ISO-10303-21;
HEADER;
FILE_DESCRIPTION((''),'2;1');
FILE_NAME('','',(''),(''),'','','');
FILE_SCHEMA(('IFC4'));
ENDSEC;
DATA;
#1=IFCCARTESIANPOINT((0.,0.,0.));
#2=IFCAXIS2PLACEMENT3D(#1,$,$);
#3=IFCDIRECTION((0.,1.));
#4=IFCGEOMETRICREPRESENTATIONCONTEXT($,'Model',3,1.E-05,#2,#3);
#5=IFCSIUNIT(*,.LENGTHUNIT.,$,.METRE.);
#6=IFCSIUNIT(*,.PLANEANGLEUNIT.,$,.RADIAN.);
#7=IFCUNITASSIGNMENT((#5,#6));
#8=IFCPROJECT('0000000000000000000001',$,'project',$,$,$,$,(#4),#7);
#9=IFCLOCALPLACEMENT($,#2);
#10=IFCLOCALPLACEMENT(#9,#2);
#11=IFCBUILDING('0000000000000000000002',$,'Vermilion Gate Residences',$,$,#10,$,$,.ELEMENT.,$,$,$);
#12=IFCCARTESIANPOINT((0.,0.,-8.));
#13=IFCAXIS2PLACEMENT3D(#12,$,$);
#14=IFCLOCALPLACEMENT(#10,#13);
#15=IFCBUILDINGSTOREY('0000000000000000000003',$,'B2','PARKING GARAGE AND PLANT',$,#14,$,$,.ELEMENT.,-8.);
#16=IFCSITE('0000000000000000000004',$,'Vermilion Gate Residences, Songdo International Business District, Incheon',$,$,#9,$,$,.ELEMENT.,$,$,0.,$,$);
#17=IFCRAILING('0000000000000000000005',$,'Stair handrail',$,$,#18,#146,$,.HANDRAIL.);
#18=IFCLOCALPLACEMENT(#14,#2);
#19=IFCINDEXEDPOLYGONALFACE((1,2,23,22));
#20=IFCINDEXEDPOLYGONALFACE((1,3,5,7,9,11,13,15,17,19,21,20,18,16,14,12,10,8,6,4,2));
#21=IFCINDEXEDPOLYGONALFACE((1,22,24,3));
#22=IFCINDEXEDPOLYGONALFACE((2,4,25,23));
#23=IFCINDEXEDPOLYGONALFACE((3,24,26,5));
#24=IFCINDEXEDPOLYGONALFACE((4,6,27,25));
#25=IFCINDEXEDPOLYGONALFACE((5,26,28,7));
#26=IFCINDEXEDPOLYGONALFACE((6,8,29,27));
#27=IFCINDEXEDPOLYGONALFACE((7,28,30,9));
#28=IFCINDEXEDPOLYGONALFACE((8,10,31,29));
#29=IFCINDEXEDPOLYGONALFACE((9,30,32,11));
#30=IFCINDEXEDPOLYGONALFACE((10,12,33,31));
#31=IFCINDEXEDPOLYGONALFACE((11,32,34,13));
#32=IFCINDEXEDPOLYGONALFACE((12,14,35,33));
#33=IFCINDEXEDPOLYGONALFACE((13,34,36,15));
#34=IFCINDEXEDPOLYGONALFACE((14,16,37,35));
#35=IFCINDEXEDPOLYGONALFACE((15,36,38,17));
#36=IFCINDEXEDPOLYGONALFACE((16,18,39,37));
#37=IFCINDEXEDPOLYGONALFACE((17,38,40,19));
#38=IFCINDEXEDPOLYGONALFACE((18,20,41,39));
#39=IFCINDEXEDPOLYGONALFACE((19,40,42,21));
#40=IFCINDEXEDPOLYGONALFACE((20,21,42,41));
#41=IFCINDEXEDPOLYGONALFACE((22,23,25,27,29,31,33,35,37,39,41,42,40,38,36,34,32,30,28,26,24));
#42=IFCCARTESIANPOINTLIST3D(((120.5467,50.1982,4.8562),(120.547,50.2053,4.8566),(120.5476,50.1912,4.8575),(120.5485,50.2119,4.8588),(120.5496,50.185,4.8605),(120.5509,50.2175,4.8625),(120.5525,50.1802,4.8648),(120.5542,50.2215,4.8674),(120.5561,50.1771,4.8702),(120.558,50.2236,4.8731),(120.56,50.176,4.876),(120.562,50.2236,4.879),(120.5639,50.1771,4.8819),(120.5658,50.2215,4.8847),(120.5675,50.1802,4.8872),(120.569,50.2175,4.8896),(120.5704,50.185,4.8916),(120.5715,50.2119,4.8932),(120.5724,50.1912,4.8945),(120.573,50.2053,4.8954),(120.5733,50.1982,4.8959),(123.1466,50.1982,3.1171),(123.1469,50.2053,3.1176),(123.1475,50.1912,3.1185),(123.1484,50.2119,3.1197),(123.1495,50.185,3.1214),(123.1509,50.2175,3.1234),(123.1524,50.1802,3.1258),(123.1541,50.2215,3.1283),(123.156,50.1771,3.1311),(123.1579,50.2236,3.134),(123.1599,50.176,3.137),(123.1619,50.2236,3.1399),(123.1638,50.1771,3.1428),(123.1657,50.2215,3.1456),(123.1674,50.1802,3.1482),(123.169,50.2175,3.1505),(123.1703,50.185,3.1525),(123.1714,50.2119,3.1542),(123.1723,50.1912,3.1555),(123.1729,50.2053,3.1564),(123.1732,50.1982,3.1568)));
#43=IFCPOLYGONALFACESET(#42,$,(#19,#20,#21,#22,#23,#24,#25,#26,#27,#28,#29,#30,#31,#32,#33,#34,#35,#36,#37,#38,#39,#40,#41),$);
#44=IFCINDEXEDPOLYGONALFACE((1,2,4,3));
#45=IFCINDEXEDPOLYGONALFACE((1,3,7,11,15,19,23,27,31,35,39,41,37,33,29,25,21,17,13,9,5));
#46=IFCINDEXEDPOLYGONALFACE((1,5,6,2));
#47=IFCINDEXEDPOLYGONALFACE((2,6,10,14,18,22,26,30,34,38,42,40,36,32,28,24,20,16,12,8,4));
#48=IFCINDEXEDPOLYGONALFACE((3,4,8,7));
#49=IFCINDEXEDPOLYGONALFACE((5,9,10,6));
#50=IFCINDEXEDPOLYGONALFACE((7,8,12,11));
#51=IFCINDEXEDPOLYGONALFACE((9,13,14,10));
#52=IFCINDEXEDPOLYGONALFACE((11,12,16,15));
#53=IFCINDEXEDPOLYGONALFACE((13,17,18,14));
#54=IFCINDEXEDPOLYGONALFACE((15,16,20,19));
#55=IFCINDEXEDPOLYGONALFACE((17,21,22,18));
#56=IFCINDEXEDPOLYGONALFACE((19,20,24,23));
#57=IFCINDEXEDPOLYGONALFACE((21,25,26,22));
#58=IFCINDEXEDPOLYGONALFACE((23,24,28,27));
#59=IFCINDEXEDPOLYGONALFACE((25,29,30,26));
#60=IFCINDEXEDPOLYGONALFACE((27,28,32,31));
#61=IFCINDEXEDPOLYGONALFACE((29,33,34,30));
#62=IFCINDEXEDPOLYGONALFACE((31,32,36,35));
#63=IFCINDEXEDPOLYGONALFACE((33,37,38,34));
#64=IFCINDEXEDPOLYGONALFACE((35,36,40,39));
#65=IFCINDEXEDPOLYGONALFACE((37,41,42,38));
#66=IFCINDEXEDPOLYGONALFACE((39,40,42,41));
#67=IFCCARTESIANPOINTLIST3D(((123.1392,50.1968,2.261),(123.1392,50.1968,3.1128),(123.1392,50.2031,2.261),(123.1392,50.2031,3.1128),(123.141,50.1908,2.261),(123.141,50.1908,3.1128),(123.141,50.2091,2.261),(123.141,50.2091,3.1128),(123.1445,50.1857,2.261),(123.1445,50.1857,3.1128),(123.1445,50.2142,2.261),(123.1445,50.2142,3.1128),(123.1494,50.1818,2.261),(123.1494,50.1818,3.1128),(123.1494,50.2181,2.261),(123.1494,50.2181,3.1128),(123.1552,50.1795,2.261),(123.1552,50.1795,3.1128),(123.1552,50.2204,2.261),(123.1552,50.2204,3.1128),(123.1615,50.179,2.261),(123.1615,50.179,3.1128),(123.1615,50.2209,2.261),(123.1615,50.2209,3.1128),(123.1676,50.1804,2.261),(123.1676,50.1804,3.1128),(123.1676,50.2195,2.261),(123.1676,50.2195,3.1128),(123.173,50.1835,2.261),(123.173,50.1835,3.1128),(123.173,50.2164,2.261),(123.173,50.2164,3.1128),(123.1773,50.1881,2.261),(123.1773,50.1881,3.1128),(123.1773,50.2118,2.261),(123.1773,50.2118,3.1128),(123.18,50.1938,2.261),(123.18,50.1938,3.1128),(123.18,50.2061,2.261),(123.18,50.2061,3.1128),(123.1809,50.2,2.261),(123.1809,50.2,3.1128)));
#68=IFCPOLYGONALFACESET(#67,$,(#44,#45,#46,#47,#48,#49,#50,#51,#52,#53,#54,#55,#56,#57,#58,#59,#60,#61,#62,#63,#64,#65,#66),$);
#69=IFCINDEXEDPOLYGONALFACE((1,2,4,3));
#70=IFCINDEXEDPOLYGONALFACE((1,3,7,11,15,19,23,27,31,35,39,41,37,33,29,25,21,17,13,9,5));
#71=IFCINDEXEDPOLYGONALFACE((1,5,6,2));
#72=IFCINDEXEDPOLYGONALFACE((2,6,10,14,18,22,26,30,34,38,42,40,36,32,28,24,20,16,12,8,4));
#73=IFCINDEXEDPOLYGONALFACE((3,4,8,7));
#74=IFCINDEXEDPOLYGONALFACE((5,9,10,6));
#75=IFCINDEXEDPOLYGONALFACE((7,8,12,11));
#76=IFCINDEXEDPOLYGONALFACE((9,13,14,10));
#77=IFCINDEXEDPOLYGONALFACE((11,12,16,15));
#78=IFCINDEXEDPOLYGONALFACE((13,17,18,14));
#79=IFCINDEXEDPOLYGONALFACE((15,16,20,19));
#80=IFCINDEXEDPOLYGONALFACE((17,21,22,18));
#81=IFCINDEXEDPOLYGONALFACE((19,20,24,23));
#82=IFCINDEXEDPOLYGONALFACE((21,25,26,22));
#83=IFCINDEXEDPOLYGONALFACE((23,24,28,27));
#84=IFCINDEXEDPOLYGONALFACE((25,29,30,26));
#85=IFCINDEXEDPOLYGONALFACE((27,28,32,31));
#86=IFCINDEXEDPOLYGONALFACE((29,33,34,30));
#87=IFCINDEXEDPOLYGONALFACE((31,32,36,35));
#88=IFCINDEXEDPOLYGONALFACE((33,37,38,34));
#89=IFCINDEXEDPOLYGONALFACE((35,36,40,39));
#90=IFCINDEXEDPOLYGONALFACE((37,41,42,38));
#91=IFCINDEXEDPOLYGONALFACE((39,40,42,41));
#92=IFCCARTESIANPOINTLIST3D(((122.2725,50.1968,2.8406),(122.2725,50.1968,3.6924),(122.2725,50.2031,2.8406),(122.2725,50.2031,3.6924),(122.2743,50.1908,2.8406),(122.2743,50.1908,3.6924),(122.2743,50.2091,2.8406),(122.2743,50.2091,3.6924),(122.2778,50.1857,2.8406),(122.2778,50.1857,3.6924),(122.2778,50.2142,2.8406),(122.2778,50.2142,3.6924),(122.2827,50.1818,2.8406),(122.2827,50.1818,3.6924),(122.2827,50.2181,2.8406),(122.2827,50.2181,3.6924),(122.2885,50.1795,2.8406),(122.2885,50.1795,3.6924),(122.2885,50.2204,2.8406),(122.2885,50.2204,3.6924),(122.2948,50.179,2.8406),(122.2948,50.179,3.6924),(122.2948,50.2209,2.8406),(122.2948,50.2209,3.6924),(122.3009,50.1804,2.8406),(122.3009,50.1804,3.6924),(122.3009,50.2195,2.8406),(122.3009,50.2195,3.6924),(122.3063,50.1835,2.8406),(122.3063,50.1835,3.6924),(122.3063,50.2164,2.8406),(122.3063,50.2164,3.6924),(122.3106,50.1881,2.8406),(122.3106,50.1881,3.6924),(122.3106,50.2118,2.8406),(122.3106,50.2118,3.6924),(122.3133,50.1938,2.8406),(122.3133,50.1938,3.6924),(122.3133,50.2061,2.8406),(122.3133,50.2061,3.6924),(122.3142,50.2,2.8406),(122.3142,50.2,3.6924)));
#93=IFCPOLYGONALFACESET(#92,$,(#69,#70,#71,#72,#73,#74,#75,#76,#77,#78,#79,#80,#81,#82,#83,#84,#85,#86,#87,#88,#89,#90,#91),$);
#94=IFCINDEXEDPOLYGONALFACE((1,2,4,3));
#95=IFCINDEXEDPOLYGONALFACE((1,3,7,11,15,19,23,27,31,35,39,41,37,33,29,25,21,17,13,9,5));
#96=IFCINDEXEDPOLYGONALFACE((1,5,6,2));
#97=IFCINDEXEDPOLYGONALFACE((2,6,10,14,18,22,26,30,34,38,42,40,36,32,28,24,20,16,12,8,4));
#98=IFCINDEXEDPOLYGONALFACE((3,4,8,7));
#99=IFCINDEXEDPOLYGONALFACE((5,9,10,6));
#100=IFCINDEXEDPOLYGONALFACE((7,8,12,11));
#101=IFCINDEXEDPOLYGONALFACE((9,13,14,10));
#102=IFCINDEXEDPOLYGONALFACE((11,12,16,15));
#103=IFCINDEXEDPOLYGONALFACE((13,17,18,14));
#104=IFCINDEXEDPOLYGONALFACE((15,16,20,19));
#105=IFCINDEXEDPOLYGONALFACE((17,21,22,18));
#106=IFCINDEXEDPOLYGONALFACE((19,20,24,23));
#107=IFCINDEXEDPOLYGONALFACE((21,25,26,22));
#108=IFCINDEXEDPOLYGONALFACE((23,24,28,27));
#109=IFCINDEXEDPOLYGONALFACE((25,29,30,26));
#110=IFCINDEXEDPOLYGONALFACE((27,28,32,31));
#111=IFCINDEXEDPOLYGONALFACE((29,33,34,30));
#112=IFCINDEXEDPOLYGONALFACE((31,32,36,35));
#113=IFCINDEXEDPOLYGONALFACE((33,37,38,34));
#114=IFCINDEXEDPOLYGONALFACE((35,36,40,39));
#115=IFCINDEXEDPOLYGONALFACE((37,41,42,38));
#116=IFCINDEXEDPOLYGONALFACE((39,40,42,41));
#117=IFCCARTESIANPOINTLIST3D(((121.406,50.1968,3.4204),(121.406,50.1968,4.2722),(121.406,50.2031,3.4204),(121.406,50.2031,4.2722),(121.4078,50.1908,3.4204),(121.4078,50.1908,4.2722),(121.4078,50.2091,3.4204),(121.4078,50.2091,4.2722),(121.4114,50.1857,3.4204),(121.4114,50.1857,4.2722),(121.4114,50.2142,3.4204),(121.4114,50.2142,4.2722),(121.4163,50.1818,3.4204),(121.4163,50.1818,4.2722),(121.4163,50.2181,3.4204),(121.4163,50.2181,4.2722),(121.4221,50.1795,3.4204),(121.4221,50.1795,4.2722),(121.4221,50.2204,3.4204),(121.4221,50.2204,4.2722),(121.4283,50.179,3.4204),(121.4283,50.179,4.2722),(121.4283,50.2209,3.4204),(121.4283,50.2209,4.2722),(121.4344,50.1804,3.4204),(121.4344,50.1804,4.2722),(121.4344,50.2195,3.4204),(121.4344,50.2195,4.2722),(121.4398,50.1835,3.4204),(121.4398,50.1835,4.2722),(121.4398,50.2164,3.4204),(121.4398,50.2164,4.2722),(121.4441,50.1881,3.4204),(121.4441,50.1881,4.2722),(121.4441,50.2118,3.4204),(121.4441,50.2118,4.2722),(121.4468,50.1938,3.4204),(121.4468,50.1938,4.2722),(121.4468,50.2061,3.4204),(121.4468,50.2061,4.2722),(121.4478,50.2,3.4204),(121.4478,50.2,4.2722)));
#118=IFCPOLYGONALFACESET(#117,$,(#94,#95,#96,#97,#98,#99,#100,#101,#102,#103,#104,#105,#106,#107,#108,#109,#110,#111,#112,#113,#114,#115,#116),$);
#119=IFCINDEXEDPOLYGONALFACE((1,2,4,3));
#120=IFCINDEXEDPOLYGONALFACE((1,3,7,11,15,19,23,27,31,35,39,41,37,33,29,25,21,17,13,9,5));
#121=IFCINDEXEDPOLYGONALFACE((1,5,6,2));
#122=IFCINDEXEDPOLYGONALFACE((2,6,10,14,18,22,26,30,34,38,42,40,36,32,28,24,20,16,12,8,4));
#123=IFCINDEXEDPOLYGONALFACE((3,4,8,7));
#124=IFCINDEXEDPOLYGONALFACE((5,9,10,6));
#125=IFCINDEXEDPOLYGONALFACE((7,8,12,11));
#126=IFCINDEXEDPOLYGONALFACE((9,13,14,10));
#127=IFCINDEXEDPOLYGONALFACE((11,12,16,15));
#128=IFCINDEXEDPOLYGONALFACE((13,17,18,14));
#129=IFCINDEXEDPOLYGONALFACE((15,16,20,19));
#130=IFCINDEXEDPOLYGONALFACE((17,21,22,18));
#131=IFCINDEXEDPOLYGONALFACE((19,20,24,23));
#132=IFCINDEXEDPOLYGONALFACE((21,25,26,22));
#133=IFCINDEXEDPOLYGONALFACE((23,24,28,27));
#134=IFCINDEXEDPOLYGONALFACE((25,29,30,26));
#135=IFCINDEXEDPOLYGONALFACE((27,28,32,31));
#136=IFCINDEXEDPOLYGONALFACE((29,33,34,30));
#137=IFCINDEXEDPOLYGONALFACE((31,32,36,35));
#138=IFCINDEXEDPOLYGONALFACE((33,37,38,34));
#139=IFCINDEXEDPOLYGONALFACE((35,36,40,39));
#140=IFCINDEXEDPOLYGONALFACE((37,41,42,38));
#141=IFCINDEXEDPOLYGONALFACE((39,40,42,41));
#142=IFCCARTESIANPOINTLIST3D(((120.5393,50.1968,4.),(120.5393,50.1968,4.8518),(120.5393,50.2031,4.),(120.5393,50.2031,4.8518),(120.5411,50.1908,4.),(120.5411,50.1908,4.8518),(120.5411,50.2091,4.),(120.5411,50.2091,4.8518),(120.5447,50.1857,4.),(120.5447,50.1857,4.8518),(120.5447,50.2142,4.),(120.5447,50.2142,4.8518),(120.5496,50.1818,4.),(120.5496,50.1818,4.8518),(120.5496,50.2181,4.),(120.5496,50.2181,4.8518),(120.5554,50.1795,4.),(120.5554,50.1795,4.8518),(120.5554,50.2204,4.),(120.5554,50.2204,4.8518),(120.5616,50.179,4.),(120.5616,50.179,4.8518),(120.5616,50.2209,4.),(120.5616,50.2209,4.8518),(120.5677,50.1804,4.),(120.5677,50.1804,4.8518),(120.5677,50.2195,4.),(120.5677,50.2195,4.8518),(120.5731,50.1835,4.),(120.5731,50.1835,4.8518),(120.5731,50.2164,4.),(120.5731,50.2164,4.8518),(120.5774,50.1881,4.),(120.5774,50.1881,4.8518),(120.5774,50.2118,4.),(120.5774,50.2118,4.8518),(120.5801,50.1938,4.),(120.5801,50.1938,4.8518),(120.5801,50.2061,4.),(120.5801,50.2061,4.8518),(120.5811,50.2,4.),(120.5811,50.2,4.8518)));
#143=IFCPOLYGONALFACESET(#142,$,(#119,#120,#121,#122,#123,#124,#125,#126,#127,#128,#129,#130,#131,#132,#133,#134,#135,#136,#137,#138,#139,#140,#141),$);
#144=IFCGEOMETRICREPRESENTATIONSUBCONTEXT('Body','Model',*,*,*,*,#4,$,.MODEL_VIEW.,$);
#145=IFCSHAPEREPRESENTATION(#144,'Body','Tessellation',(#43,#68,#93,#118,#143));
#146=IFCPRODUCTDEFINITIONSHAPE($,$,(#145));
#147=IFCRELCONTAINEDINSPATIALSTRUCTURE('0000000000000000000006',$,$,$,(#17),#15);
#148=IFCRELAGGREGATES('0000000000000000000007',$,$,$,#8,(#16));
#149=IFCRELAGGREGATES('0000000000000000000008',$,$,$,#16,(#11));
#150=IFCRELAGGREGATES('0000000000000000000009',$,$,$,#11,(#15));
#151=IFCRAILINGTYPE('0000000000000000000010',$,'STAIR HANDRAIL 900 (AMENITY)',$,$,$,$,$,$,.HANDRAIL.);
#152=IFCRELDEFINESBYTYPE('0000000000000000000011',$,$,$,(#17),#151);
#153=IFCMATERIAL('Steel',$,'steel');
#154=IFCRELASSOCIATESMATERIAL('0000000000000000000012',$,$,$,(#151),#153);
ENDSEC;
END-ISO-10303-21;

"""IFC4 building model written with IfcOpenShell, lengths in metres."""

from ifc_helpers import new_model, si_unit, direction, frame, origin, origin_2d, place, context, subcontext, project, spatial, circle, extrude, material, type_object, element, save


model = new_model("IFC4")

# Units and contexts
model_context = context("Model", 3, precision=1e-05, world=origin(), true_north=direction((0.0, 1.0)))
body_context = subcontext(model_context, "Body", "Model", "MODEL_VIEW")
ifc_project = project(units=[si_unit("LENGTHUNIT", "METRE"), si_unit("PLANEANGLEUNIT", "RADIAN")], contexts=[model_context])

# Site, building, storey
site_placement = place(None, origin())
site = spatial("IfcSite", under=ifc_project, at=site_placement, Name="Vermilion Gate Residences, Songdo International Business District, Incheon", CompositionType="ELEMENT", RefElevation=0.0)
building_placement = place(site_placement, origin())
building = spatial("IfcBuilding", under=site, at=building_placement, Name="Vermilion Gate Residences", CompositionType="ELEMENT")
storey_placement = place(building_placement, frame((0.0, 0.0, -8.0)))
storey = spatial("IfcBuildingStorey", under=building, at=storey_placement, Name="B2", Description="PARKING GARAGE AND PLANT", CompositionType="ELEMENT", Elevation=-8.0)

# Railing
ifc_material_1 = material(Name="Steel", Category="steel")
railing_type = type_object("IfcRailingType", Name="STAIR HANDRAIL 900 (AMENITY)", PredefinedType="HANDRAIL", material=ifc_material_1)
railing_1_placement = place(storey_placement, frame((123.1599, 50.2, 2.261)))
element("IfcRailing", 1, at=railing_1_placement, inside=storey, type_object=railing_type, Name="Stair handrail", PredefinedType="HANDRAIL", context=body_context, shape_type="SweptSolid", body=[
    extrude(circle(Radius=0.0239, at=origin_2d()), frame((0.0, 0.0, 0.876), z_axis=(-0.831197, 0.0, 0.555978), x_axis=(0.0, -1.0, 0.0)), (0.0, 0.0, 1.0), 3.1279),
    extrude(circle(Radius=0.021, at=origin_2d()), origin(), (0.0, 0.0, 1.0), 0.8518),
    extrude(circle(Radius=0.021, at=origin_2d()), frame((-0.8667, 0.0, 0.5796)), (0.0, 0.0, 1.0), 0.8518),
    extrude(circle(Radius=0.021, at=origin_2d()), frame((-1.7332, 0.0, 1.1594)), (0.0, 0.0, 1.0), 0.8518),
    extrude(circle(Radius=0.021, at=origin_2d()), frame((-2.5999, 0.0, 1.739)), (0.0, 0.0, 1.0), 0.8518),
])

save(model, "model.ifc")
